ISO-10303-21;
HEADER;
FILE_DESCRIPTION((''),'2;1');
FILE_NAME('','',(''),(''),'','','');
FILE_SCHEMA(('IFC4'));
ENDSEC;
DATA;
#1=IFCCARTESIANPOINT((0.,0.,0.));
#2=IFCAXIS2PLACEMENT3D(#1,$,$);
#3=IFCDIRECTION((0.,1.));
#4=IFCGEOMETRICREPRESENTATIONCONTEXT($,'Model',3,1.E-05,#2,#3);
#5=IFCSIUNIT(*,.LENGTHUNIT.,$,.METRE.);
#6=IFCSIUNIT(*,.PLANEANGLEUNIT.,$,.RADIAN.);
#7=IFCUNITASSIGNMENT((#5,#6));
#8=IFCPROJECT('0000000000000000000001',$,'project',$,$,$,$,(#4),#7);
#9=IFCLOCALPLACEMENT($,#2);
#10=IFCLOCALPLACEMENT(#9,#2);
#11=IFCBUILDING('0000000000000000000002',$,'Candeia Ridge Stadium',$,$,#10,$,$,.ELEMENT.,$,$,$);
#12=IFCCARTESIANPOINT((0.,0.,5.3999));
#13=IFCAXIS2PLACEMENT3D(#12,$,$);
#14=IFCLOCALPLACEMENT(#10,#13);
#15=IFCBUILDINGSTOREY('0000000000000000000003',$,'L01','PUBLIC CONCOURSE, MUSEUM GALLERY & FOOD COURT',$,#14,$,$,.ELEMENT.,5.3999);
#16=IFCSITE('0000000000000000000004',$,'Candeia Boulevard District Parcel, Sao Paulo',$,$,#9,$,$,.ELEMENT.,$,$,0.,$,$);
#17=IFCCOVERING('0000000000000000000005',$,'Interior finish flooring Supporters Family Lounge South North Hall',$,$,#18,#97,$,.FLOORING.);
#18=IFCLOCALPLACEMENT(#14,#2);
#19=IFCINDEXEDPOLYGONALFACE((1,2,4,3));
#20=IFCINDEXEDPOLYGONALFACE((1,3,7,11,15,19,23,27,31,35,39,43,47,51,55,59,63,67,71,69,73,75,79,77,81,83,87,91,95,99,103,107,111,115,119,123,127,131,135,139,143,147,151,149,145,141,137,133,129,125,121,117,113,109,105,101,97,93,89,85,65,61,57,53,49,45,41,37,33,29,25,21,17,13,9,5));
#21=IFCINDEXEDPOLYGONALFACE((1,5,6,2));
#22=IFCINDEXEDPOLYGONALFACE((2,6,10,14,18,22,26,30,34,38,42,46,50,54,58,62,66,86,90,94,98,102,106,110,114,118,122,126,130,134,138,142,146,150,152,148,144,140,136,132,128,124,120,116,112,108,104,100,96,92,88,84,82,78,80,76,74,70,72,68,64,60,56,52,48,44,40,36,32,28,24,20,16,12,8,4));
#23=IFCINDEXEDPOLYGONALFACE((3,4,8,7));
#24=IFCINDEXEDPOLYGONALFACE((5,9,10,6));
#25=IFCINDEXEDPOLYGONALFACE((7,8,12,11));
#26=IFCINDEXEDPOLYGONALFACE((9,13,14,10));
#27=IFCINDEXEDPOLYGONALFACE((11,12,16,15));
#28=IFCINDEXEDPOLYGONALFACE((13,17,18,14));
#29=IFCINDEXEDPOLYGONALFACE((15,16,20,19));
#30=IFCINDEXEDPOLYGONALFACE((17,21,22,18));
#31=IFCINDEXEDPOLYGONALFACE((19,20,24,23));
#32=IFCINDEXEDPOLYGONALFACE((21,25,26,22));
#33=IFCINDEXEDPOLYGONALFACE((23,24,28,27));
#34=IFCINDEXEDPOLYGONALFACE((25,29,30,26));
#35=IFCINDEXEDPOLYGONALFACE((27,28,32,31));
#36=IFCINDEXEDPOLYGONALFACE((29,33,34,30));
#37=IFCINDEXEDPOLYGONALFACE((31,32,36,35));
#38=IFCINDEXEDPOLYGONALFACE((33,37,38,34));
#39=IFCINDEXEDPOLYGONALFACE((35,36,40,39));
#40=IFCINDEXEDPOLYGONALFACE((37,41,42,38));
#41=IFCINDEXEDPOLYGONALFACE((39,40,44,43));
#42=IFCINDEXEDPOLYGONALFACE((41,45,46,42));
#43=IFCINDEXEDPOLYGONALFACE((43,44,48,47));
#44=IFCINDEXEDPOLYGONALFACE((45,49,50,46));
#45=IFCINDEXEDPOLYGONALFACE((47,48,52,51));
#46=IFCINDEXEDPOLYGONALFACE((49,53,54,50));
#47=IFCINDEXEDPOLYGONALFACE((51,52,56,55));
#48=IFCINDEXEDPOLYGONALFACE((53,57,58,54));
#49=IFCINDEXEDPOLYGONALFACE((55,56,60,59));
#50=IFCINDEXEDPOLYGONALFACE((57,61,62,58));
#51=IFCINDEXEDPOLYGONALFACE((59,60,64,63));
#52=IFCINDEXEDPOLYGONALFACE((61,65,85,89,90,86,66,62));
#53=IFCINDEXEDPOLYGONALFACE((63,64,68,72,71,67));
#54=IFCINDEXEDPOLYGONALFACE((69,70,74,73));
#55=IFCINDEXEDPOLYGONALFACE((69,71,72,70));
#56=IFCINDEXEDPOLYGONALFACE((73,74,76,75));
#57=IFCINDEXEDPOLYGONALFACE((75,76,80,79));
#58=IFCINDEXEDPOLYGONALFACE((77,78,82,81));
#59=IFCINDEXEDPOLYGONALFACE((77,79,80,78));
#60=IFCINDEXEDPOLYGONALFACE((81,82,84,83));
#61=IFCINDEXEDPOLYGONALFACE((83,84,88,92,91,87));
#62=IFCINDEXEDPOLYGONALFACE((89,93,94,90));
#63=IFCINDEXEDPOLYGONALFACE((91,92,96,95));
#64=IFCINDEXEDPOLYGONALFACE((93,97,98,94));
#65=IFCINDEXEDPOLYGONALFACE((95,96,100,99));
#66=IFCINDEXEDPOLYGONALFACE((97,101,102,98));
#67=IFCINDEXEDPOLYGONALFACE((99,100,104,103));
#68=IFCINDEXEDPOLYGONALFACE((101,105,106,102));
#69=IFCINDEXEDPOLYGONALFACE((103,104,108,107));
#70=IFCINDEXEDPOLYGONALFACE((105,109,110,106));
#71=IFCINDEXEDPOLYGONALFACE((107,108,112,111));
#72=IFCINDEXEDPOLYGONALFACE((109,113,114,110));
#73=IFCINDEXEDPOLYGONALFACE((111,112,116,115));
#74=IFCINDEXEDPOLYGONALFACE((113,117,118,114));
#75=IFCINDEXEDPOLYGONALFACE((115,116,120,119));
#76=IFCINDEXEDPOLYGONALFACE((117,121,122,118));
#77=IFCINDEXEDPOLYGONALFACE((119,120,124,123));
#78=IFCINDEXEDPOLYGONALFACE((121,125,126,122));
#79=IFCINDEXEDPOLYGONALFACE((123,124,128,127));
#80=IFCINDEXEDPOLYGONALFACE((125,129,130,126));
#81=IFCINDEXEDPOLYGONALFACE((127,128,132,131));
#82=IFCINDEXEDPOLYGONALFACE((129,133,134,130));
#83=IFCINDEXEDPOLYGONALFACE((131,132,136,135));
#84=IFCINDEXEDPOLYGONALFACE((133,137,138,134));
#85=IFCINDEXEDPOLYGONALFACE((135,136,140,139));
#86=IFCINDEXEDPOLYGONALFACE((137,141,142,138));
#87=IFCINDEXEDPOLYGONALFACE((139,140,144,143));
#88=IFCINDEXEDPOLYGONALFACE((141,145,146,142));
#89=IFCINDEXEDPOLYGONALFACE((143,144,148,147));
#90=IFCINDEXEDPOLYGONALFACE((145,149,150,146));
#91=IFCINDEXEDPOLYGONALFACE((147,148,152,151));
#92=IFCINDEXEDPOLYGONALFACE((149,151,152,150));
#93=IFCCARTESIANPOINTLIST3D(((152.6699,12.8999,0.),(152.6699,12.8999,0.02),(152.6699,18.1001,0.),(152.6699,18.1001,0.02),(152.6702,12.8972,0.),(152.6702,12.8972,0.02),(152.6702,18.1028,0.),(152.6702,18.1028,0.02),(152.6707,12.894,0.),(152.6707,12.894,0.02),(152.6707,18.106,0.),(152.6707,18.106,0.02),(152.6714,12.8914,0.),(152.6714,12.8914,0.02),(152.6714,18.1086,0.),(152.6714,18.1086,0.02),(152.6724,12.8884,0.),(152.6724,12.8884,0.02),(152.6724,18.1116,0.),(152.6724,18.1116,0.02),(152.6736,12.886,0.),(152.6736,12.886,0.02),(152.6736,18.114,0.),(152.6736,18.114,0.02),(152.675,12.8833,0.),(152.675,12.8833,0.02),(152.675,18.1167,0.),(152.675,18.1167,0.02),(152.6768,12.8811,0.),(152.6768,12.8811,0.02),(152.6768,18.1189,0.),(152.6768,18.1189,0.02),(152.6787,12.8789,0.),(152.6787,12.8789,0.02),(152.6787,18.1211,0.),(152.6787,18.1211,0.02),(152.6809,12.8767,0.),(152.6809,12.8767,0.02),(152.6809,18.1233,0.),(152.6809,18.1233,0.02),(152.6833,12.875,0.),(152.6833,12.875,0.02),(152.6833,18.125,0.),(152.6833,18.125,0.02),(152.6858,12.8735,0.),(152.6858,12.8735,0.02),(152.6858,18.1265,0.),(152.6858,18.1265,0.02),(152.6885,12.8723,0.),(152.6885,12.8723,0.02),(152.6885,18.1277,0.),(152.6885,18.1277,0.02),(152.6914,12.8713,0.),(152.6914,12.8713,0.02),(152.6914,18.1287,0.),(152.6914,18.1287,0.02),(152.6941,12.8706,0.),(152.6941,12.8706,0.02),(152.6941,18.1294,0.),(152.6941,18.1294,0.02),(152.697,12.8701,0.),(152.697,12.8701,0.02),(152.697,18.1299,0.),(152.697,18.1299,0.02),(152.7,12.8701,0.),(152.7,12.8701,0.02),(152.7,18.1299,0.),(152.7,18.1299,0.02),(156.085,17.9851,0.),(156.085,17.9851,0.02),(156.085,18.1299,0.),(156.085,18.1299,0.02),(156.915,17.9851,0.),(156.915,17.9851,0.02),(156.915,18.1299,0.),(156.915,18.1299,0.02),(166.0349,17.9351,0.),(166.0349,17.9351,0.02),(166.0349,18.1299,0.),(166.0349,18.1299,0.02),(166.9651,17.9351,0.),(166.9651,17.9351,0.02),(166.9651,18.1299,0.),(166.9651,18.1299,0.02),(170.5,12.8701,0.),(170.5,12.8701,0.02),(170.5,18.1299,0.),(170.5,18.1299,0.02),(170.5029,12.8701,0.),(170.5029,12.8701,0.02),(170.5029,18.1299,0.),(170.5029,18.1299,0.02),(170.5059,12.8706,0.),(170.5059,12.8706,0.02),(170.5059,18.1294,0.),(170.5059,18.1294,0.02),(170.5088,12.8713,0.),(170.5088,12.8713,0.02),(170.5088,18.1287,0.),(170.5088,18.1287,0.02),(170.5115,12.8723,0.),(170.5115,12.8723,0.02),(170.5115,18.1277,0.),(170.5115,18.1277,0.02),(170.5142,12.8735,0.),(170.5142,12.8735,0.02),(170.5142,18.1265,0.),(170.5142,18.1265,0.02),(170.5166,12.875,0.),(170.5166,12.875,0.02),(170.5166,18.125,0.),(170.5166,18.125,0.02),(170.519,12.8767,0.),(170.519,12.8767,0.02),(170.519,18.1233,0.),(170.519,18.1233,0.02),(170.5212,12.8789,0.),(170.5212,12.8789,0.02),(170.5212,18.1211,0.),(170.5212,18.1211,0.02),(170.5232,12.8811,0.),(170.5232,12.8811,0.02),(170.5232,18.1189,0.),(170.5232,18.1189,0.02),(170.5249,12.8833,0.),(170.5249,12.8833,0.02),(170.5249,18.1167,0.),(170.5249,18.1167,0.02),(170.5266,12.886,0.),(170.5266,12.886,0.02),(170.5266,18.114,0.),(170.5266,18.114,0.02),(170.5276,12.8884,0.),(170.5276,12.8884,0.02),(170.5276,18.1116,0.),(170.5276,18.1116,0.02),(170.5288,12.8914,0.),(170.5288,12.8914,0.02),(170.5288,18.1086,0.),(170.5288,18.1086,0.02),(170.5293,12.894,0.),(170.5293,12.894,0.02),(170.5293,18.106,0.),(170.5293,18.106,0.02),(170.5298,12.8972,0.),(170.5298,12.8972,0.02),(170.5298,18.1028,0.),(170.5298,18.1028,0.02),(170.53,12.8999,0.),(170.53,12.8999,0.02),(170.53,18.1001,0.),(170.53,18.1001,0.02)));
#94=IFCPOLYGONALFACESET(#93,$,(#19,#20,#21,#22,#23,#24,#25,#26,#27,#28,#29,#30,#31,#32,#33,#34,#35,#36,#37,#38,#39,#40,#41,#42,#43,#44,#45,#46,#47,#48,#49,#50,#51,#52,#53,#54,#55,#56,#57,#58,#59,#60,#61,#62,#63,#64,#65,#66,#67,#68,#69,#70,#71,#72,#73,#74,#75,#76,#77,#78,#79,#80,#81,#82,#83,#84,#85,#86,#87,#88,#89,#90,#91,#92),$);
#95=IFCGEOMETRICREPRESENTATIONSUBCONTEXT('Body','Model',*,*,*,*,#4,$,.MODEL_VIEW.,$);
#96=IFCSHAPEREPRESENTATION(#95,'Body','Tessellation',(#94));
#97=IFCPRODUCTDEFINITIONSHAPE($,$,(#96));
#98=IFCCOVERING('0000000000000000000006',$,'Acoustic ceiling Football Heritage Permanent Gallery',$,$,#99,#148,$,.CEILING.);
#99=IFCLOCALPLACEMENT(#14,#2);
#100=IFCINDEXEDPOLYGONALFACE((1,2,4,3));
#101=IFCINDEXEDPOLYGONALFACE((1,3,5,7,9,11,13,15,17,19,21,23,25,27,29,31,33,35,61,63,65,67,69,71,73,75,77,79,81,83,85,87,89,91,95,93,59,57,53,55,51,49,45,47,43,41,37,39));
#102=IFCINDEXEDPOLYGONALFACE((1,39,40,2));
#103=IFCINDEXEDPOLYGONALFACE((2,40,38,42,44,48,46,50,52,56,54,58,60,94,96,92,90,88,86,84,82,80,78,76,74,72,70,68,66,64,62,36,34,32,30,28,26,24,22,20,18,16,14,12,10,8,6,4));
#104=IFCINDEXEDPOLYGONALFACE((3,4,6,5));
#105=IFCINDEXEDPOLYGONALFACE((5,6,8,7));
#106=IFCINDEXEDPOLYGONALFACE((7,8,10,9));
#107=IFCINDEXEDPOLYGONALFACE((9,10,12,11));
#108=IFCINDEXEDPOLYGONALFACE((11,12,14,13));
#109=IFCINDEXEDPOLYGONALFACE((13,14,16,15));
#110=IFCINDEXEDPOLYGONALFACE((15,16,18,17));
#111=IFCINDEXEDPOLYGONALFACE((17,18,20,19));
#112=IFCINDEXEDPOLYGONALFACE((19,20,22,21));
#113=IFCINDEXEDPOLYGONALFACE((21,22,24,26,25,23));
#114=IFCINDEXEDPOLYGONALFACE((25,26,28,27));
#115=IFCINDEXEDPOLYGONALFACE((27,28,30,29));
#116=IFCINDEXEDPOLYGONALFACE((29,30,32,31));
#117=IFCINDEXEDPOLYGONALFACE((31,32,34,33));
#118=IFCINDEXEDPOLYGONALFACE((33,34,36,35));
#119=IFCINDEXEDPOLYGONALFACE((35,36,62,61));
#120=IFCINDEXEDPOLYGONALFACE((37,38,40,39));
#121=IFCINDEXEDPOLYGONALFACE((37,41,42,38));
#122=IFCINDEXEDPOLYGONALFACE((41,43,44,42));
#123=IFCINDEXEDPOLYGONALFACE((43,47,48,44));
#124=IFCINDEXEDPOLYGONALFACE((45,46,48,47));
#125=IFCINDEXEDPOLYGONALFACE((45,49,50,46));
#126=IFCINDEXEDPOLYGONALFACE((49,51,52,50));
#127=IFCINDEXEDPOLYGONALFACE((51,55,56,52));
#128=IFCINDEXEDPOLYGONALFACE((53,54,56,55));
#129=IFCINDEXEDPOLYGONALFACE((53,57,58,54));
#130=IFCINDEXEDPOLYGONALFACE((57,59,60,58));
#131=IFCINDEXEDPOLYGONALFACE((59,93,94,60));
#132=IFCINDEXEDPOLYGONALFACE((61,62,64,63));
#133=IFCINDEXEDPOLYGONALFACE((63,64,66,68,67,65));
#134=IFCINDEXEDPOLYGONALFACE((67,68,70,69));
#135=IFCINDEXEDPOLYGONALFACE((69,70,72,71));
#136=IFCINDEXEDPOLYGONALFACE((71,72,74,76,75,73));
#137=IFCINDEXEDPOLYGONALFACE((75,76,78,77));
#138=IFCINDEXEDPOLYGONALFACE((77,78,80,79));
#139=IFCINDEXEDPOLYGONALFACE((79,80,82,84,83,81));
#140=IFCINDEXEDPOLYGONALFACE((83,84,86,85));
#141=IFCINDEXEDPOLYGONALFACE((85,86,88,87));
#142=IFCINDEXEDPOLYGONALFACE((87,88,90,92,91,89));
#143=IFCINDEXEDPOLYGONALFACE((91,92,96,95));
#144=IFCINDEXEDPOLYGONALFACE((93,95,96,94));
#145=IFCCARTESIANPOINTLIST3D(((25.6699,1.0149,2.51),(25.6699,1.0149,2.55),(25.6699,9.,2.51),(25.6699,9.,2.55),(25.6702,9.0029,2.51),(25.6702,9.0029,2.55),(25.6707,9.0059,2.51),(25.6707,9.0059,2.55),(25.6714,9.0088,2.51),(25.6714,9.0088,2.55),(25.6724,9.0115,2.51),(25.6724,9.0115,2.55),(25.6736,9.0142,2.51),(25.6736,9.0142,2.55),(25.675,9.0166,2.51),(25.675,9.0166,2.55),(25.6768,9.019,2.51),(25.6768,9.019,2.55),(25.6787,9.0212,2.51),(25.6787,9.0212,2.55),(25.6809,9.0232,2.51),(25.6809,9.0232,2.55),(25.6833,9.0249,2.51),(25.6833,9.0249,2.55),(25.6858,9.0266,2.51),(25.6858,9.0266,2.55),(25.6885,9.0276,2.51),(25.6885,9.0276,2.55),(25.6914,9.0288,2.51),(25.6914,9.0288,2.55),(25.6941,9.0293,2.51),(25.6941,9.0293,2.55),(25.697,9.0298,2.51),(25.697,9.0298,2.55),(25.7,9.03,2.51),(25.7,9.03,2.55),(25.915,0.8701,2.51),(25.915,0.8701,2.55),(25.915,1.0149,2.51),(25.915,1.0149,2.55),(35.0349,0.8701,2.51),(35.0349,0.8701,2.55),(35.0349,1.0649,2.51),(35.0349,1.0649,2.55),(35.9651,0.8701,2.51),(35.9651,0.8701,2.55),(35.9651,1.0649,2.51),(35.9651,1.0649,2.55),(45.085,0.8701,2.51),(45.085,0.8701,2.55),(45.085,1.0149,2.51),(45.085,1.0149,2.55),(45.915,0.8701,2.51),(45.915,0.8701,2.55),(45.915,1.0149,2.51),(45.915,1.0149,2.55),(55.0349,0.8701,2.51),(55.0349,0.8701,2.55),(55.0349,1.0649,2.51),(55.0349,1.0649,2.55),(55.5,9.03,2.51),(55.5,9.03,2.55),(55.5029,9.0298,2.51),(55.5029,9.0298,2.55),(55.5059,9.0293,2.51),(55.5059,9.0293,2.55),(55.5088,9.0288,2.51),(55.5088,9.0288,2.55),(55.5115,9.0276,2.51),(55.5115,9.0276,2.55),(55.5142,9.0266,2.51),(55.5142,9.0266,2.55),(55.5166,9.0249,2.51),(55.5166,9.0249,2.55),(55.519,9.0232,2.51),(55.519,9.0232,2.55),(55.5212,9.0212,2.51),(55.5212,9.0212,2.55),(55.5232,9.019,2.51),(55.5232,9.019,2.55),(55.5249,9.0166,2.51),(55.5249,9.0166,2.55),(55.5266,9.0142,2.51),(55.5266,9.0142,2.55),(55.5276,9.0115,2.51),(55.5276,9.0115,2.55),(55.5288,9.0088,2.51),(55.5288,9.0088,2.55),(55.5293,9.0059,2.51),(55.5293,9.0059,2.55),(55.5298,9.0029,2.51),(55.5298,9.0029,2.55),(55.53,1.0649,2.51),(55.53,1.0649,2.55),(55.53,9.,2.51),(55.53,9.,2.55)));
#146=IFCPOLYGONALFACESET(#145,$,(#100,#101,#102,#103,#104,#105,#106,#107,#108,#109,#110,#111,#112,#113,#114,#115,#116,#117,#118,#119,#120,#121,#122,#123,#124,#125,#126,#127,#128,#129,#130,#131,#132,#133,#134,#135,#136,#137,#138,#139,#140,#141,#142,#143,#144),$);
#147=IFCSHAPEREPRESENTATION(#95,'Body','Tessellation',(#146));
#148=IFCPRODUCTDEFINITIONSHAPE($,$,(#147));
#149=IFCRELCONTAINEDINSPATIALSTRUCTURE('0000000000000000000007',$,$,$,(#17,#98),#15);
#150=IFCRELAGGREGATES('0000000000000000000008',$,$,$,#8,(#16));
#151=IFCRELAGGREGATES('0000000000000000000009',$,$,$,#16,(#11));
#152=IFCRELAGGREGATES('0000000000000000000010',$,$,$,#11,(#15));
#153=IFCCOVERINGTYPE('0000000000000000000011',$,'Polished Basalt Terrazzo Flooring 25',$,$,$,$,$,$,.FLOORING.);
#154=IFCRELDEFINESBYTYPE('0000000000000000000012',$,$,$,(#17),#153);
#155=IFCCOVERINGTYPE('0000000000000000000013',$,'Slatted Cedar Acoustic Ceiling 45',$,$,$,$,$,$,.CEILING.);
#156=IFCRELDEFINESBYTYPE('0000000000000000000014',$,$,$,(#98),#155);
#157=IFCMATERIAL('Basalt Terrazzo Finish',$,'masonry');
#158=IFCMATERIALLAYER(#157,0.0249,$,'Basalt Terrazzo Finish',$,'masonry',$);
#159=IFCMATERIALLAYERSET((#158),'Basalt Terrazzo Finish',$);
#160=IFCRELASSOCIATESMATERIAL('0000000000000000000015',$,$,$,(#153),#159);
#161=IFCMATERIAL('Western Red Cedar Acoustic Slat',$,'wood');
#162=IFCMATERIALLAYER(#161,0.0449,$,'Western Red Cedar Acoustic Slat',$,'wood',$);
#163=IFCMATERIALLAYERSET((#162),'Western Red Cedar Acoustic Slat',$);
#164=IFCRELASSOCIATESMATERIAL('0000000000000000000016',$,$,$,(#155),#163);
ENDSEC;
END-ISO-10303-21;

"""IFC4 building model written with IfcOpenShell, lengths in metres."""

from ifc_helpers import new_model, si_unit, direction, frame, origin, place, context, subcontext, project, spatial, polyline, outline, extrude, material, layer, layer_set, type_object, element, save


model = new_model("IFC4")

# Units and contexts
model_context = context("Model", 3, precision=1e-05, world=origin(), true_north=direction((0.0, 1.0)))
body_context = subcontext(model_context, "Body", "Model", "MODEL_VIEW")
ifc_project = project(units=[si_unit("LENGTHUNIT", "METRE"), si_unit("PLANEANGLEUNIT", "RADIAN")], contexts=[model_context])

# Site, building, storey
site_placement = place(None, origin())
site = spatial("IfcSite", under=ifc_project, at=site_placement, Name="Candeia Boulevard District Parcel, Sao Paulo", CompositionType="ELEMENT", RefElevation=0.0)
building_placement = place(site_placement, origin())
building = spatial("IfcBuilding", under=site, at=building_placement, Name="Candeia Ridge Stadium", CompositionType="ELEMENT")
storey_placement = place(building_placement, frame((0.0, 0.0, 5.3999)))
storey = spatial("IfcBuildingStorey", under=building, at=storey_placement, Name="L01", Description="PUBLIC CONCOURSE, MUSEUM GALLERY & FOOD COURT", CompositionType="ELEMENT", Elevation=5.3999)

# Coverings
ifc_material_1 = material(Name="Basalt Terrazzo Finish", Category="masonry")
ifc_layer_1 = layer(ifc_material_1, 0.0249, Name="Basalt Terrazzo Finish", Category="masonry")
ifc_layer_set_1 = layer_set([ifc_layer_1], Name="Basalt Terrazzo Finish")
covering_type_1 = type_object("IfcCoveringType", Name="Polished Basalt Terrazzo Flooring 25", PredefinedType="FLOORING", material=ifc_layer_set_1)
covering_1_placement = place(storey_placement, origin())
element("IfcCovering", 1, at=covering_1_placement, inside=storey, type_object=covering_type_1, Name="Interior finish flooring Supporters Family Lounge South North Hall", PredefinedType="FLOORING", context=body_context, shape_type="SweptSolid", body=[
    extrude(outline(polyline([(152.6941, 12.8706), (152.6914, 12.8713), (152.6885, 12.8723), (152.6858, 12.8735), (152.6833, 12.875), (152.6809, 12.8767), (152.6787, 12.8789), (152.6768, 12.8811), (152.675, 12.8833), (152.6736, 12.886), (152.6724, 12.8884), (152.6714, 12.8914), (152.6707, 12.894), (152.6702, 12.8972), (152.6699, 12.8999), (152.6699, 18.1001), (152.6702, 18.1028), (152.6707, 18.106), (152.6714, 18.1086), (152.6724, 18.1116), (152.6736, 18.114), (152.675, 18.1167), (152.6768, 18.1189), (152.6787, 18.1211), (152.6809, 18.1233), (152.6833, 18.125), (152.6858, 18.1265), (152.6885, 18.1277), (152.6914, 18.1287), (152.6941, 18.1294), (152.697, 18.1299), (152.7, 18.1299), (156.085, 18.1299), (156.085, 17.9851), (156.915, 17.9851), (156.915, 18.1299), (166.0349, 18.1299), (166.0349, 17.9351), (166.9651, 17.9351), (166.9651, 18.1299), (170.5, 18.1299), (170.5029, 18.1299), (170.5059, 18.1294), (170.5088, 18.1287), (170.5115, 18.1277), (170.5142, 18.1265), (170.5166, 18.125), (170.519, 18.1233), (170.5212, 18.1211), (170.5232, 18.1189), (170.5249, 18.1167), (170.5266, 18.114), (170.5276, 18.1116), (170.5288, 18.1086), (170.5293, 18.106), (170.5298, 18.1028), (170.53, 18.1001), (170.53, 12.8999), (170.5298, 12.8972), (170.5293, 12.894), (170.5288, 12.8914), (170.5276, 12.8884), (170.5266, 12.886), (170.5249, 12.8833), (170.5232, 12.8811), (170.5212, 12.8789), (170.519, 12.8767), (170.5166, 12.875), (170.5142, 12.8735), (170.5115, 12.8723), (170.5088, 12.8713), (170.5059, 12.8706), (170.5029, 12.8701), (170.5, 12.8701), (152.7, 12.8701), (152.697, 12.8701), (152.6941, 12.8706)])), origin(), (0.0, 0.0, 1.0), 0.02),
])
ifc_material_2 = material(Name="Western Red Cedar Acoustic Slat", Category="wood")
ifc_layer_2 = layer(ifc_material_2, 0.0449, Name="Western Red Cedar Acoustic Slat", Category="wood")
ifc_layer_set_2 = layer_set([ifc_layer_2], Name="Western Red Cedar Acoustic Slat")
covering_type_2 = type_object("IfcCoveringType", Name="Slatted Cedar Acoustic Ceiling 45", PredefinedType="CEILING", material=ifc_layer_set_2)
covering_2_placement = place(storey_placement, frame((0.0, 0.0, 2.51)))
element("IfcCovering", 2, at=covering_2_placement, inside=storey, type_object=covering_type_2, Name="Acoustic ceiling Football Heritage Permanent Gallery", PredefinedType="CEILING", context=body_context, shape_type="SweptSolid", body=[
    extrude(outline(polyline([(25.6702, 9.0029), (25.6707, 9.0059), (25.6714, 9.0088), (25.6724, 9.0115), (25.6736, 9.0142), (25.675, 9.0166), (25.6768, 9.019), (25.6787, 9.0212), (25.6809, 9.0232), (25.6833, 9.0249), (25.6858, 9.0266), (25.6885, 9.0276), (25.6914, 9.0288), (25.6941, 9.0293), (25.697, 9.0298), (25.7, 9.03), (55.5, 9.03), (55.5029, 9.0298), (55.5059, 9.0293), (55.5088, 9.0288), (55.5115, 9.0276), (55.5142, 9.0266), (55.5166, 9.0249), (55.519, 9.0232), (55.5212, 9.0212), (55.5232, 9.019), (55.5249, 9.0166), (55.5266, 9.0142), (55.5276, 9.0115), (55.5288, 9.0088), (55.5293, 9.0059), (55.5298, 9.0029), (55.53, 9.0), (55.53, 1.0649), (55.0349, 1.0649), (55.0349, 0.8701), (45.915, 0.8701), (45.915, 1.0149), (45.085, 1.0149), (45.085, 0.8701), (35.9651, 0.8701), (35.9651, 1.0649), (35.0349, 1.0649), (35.0349, 0.8701), (25.915, 0.8701), (25.915, 1.0149), (25.6699, 1.0149), (25.6699, 9.0), (25.6702, 9.0029)])), origin(), (0.0, 0.0, 1.0), 0.04),
])

save(model, "model.ifc")
